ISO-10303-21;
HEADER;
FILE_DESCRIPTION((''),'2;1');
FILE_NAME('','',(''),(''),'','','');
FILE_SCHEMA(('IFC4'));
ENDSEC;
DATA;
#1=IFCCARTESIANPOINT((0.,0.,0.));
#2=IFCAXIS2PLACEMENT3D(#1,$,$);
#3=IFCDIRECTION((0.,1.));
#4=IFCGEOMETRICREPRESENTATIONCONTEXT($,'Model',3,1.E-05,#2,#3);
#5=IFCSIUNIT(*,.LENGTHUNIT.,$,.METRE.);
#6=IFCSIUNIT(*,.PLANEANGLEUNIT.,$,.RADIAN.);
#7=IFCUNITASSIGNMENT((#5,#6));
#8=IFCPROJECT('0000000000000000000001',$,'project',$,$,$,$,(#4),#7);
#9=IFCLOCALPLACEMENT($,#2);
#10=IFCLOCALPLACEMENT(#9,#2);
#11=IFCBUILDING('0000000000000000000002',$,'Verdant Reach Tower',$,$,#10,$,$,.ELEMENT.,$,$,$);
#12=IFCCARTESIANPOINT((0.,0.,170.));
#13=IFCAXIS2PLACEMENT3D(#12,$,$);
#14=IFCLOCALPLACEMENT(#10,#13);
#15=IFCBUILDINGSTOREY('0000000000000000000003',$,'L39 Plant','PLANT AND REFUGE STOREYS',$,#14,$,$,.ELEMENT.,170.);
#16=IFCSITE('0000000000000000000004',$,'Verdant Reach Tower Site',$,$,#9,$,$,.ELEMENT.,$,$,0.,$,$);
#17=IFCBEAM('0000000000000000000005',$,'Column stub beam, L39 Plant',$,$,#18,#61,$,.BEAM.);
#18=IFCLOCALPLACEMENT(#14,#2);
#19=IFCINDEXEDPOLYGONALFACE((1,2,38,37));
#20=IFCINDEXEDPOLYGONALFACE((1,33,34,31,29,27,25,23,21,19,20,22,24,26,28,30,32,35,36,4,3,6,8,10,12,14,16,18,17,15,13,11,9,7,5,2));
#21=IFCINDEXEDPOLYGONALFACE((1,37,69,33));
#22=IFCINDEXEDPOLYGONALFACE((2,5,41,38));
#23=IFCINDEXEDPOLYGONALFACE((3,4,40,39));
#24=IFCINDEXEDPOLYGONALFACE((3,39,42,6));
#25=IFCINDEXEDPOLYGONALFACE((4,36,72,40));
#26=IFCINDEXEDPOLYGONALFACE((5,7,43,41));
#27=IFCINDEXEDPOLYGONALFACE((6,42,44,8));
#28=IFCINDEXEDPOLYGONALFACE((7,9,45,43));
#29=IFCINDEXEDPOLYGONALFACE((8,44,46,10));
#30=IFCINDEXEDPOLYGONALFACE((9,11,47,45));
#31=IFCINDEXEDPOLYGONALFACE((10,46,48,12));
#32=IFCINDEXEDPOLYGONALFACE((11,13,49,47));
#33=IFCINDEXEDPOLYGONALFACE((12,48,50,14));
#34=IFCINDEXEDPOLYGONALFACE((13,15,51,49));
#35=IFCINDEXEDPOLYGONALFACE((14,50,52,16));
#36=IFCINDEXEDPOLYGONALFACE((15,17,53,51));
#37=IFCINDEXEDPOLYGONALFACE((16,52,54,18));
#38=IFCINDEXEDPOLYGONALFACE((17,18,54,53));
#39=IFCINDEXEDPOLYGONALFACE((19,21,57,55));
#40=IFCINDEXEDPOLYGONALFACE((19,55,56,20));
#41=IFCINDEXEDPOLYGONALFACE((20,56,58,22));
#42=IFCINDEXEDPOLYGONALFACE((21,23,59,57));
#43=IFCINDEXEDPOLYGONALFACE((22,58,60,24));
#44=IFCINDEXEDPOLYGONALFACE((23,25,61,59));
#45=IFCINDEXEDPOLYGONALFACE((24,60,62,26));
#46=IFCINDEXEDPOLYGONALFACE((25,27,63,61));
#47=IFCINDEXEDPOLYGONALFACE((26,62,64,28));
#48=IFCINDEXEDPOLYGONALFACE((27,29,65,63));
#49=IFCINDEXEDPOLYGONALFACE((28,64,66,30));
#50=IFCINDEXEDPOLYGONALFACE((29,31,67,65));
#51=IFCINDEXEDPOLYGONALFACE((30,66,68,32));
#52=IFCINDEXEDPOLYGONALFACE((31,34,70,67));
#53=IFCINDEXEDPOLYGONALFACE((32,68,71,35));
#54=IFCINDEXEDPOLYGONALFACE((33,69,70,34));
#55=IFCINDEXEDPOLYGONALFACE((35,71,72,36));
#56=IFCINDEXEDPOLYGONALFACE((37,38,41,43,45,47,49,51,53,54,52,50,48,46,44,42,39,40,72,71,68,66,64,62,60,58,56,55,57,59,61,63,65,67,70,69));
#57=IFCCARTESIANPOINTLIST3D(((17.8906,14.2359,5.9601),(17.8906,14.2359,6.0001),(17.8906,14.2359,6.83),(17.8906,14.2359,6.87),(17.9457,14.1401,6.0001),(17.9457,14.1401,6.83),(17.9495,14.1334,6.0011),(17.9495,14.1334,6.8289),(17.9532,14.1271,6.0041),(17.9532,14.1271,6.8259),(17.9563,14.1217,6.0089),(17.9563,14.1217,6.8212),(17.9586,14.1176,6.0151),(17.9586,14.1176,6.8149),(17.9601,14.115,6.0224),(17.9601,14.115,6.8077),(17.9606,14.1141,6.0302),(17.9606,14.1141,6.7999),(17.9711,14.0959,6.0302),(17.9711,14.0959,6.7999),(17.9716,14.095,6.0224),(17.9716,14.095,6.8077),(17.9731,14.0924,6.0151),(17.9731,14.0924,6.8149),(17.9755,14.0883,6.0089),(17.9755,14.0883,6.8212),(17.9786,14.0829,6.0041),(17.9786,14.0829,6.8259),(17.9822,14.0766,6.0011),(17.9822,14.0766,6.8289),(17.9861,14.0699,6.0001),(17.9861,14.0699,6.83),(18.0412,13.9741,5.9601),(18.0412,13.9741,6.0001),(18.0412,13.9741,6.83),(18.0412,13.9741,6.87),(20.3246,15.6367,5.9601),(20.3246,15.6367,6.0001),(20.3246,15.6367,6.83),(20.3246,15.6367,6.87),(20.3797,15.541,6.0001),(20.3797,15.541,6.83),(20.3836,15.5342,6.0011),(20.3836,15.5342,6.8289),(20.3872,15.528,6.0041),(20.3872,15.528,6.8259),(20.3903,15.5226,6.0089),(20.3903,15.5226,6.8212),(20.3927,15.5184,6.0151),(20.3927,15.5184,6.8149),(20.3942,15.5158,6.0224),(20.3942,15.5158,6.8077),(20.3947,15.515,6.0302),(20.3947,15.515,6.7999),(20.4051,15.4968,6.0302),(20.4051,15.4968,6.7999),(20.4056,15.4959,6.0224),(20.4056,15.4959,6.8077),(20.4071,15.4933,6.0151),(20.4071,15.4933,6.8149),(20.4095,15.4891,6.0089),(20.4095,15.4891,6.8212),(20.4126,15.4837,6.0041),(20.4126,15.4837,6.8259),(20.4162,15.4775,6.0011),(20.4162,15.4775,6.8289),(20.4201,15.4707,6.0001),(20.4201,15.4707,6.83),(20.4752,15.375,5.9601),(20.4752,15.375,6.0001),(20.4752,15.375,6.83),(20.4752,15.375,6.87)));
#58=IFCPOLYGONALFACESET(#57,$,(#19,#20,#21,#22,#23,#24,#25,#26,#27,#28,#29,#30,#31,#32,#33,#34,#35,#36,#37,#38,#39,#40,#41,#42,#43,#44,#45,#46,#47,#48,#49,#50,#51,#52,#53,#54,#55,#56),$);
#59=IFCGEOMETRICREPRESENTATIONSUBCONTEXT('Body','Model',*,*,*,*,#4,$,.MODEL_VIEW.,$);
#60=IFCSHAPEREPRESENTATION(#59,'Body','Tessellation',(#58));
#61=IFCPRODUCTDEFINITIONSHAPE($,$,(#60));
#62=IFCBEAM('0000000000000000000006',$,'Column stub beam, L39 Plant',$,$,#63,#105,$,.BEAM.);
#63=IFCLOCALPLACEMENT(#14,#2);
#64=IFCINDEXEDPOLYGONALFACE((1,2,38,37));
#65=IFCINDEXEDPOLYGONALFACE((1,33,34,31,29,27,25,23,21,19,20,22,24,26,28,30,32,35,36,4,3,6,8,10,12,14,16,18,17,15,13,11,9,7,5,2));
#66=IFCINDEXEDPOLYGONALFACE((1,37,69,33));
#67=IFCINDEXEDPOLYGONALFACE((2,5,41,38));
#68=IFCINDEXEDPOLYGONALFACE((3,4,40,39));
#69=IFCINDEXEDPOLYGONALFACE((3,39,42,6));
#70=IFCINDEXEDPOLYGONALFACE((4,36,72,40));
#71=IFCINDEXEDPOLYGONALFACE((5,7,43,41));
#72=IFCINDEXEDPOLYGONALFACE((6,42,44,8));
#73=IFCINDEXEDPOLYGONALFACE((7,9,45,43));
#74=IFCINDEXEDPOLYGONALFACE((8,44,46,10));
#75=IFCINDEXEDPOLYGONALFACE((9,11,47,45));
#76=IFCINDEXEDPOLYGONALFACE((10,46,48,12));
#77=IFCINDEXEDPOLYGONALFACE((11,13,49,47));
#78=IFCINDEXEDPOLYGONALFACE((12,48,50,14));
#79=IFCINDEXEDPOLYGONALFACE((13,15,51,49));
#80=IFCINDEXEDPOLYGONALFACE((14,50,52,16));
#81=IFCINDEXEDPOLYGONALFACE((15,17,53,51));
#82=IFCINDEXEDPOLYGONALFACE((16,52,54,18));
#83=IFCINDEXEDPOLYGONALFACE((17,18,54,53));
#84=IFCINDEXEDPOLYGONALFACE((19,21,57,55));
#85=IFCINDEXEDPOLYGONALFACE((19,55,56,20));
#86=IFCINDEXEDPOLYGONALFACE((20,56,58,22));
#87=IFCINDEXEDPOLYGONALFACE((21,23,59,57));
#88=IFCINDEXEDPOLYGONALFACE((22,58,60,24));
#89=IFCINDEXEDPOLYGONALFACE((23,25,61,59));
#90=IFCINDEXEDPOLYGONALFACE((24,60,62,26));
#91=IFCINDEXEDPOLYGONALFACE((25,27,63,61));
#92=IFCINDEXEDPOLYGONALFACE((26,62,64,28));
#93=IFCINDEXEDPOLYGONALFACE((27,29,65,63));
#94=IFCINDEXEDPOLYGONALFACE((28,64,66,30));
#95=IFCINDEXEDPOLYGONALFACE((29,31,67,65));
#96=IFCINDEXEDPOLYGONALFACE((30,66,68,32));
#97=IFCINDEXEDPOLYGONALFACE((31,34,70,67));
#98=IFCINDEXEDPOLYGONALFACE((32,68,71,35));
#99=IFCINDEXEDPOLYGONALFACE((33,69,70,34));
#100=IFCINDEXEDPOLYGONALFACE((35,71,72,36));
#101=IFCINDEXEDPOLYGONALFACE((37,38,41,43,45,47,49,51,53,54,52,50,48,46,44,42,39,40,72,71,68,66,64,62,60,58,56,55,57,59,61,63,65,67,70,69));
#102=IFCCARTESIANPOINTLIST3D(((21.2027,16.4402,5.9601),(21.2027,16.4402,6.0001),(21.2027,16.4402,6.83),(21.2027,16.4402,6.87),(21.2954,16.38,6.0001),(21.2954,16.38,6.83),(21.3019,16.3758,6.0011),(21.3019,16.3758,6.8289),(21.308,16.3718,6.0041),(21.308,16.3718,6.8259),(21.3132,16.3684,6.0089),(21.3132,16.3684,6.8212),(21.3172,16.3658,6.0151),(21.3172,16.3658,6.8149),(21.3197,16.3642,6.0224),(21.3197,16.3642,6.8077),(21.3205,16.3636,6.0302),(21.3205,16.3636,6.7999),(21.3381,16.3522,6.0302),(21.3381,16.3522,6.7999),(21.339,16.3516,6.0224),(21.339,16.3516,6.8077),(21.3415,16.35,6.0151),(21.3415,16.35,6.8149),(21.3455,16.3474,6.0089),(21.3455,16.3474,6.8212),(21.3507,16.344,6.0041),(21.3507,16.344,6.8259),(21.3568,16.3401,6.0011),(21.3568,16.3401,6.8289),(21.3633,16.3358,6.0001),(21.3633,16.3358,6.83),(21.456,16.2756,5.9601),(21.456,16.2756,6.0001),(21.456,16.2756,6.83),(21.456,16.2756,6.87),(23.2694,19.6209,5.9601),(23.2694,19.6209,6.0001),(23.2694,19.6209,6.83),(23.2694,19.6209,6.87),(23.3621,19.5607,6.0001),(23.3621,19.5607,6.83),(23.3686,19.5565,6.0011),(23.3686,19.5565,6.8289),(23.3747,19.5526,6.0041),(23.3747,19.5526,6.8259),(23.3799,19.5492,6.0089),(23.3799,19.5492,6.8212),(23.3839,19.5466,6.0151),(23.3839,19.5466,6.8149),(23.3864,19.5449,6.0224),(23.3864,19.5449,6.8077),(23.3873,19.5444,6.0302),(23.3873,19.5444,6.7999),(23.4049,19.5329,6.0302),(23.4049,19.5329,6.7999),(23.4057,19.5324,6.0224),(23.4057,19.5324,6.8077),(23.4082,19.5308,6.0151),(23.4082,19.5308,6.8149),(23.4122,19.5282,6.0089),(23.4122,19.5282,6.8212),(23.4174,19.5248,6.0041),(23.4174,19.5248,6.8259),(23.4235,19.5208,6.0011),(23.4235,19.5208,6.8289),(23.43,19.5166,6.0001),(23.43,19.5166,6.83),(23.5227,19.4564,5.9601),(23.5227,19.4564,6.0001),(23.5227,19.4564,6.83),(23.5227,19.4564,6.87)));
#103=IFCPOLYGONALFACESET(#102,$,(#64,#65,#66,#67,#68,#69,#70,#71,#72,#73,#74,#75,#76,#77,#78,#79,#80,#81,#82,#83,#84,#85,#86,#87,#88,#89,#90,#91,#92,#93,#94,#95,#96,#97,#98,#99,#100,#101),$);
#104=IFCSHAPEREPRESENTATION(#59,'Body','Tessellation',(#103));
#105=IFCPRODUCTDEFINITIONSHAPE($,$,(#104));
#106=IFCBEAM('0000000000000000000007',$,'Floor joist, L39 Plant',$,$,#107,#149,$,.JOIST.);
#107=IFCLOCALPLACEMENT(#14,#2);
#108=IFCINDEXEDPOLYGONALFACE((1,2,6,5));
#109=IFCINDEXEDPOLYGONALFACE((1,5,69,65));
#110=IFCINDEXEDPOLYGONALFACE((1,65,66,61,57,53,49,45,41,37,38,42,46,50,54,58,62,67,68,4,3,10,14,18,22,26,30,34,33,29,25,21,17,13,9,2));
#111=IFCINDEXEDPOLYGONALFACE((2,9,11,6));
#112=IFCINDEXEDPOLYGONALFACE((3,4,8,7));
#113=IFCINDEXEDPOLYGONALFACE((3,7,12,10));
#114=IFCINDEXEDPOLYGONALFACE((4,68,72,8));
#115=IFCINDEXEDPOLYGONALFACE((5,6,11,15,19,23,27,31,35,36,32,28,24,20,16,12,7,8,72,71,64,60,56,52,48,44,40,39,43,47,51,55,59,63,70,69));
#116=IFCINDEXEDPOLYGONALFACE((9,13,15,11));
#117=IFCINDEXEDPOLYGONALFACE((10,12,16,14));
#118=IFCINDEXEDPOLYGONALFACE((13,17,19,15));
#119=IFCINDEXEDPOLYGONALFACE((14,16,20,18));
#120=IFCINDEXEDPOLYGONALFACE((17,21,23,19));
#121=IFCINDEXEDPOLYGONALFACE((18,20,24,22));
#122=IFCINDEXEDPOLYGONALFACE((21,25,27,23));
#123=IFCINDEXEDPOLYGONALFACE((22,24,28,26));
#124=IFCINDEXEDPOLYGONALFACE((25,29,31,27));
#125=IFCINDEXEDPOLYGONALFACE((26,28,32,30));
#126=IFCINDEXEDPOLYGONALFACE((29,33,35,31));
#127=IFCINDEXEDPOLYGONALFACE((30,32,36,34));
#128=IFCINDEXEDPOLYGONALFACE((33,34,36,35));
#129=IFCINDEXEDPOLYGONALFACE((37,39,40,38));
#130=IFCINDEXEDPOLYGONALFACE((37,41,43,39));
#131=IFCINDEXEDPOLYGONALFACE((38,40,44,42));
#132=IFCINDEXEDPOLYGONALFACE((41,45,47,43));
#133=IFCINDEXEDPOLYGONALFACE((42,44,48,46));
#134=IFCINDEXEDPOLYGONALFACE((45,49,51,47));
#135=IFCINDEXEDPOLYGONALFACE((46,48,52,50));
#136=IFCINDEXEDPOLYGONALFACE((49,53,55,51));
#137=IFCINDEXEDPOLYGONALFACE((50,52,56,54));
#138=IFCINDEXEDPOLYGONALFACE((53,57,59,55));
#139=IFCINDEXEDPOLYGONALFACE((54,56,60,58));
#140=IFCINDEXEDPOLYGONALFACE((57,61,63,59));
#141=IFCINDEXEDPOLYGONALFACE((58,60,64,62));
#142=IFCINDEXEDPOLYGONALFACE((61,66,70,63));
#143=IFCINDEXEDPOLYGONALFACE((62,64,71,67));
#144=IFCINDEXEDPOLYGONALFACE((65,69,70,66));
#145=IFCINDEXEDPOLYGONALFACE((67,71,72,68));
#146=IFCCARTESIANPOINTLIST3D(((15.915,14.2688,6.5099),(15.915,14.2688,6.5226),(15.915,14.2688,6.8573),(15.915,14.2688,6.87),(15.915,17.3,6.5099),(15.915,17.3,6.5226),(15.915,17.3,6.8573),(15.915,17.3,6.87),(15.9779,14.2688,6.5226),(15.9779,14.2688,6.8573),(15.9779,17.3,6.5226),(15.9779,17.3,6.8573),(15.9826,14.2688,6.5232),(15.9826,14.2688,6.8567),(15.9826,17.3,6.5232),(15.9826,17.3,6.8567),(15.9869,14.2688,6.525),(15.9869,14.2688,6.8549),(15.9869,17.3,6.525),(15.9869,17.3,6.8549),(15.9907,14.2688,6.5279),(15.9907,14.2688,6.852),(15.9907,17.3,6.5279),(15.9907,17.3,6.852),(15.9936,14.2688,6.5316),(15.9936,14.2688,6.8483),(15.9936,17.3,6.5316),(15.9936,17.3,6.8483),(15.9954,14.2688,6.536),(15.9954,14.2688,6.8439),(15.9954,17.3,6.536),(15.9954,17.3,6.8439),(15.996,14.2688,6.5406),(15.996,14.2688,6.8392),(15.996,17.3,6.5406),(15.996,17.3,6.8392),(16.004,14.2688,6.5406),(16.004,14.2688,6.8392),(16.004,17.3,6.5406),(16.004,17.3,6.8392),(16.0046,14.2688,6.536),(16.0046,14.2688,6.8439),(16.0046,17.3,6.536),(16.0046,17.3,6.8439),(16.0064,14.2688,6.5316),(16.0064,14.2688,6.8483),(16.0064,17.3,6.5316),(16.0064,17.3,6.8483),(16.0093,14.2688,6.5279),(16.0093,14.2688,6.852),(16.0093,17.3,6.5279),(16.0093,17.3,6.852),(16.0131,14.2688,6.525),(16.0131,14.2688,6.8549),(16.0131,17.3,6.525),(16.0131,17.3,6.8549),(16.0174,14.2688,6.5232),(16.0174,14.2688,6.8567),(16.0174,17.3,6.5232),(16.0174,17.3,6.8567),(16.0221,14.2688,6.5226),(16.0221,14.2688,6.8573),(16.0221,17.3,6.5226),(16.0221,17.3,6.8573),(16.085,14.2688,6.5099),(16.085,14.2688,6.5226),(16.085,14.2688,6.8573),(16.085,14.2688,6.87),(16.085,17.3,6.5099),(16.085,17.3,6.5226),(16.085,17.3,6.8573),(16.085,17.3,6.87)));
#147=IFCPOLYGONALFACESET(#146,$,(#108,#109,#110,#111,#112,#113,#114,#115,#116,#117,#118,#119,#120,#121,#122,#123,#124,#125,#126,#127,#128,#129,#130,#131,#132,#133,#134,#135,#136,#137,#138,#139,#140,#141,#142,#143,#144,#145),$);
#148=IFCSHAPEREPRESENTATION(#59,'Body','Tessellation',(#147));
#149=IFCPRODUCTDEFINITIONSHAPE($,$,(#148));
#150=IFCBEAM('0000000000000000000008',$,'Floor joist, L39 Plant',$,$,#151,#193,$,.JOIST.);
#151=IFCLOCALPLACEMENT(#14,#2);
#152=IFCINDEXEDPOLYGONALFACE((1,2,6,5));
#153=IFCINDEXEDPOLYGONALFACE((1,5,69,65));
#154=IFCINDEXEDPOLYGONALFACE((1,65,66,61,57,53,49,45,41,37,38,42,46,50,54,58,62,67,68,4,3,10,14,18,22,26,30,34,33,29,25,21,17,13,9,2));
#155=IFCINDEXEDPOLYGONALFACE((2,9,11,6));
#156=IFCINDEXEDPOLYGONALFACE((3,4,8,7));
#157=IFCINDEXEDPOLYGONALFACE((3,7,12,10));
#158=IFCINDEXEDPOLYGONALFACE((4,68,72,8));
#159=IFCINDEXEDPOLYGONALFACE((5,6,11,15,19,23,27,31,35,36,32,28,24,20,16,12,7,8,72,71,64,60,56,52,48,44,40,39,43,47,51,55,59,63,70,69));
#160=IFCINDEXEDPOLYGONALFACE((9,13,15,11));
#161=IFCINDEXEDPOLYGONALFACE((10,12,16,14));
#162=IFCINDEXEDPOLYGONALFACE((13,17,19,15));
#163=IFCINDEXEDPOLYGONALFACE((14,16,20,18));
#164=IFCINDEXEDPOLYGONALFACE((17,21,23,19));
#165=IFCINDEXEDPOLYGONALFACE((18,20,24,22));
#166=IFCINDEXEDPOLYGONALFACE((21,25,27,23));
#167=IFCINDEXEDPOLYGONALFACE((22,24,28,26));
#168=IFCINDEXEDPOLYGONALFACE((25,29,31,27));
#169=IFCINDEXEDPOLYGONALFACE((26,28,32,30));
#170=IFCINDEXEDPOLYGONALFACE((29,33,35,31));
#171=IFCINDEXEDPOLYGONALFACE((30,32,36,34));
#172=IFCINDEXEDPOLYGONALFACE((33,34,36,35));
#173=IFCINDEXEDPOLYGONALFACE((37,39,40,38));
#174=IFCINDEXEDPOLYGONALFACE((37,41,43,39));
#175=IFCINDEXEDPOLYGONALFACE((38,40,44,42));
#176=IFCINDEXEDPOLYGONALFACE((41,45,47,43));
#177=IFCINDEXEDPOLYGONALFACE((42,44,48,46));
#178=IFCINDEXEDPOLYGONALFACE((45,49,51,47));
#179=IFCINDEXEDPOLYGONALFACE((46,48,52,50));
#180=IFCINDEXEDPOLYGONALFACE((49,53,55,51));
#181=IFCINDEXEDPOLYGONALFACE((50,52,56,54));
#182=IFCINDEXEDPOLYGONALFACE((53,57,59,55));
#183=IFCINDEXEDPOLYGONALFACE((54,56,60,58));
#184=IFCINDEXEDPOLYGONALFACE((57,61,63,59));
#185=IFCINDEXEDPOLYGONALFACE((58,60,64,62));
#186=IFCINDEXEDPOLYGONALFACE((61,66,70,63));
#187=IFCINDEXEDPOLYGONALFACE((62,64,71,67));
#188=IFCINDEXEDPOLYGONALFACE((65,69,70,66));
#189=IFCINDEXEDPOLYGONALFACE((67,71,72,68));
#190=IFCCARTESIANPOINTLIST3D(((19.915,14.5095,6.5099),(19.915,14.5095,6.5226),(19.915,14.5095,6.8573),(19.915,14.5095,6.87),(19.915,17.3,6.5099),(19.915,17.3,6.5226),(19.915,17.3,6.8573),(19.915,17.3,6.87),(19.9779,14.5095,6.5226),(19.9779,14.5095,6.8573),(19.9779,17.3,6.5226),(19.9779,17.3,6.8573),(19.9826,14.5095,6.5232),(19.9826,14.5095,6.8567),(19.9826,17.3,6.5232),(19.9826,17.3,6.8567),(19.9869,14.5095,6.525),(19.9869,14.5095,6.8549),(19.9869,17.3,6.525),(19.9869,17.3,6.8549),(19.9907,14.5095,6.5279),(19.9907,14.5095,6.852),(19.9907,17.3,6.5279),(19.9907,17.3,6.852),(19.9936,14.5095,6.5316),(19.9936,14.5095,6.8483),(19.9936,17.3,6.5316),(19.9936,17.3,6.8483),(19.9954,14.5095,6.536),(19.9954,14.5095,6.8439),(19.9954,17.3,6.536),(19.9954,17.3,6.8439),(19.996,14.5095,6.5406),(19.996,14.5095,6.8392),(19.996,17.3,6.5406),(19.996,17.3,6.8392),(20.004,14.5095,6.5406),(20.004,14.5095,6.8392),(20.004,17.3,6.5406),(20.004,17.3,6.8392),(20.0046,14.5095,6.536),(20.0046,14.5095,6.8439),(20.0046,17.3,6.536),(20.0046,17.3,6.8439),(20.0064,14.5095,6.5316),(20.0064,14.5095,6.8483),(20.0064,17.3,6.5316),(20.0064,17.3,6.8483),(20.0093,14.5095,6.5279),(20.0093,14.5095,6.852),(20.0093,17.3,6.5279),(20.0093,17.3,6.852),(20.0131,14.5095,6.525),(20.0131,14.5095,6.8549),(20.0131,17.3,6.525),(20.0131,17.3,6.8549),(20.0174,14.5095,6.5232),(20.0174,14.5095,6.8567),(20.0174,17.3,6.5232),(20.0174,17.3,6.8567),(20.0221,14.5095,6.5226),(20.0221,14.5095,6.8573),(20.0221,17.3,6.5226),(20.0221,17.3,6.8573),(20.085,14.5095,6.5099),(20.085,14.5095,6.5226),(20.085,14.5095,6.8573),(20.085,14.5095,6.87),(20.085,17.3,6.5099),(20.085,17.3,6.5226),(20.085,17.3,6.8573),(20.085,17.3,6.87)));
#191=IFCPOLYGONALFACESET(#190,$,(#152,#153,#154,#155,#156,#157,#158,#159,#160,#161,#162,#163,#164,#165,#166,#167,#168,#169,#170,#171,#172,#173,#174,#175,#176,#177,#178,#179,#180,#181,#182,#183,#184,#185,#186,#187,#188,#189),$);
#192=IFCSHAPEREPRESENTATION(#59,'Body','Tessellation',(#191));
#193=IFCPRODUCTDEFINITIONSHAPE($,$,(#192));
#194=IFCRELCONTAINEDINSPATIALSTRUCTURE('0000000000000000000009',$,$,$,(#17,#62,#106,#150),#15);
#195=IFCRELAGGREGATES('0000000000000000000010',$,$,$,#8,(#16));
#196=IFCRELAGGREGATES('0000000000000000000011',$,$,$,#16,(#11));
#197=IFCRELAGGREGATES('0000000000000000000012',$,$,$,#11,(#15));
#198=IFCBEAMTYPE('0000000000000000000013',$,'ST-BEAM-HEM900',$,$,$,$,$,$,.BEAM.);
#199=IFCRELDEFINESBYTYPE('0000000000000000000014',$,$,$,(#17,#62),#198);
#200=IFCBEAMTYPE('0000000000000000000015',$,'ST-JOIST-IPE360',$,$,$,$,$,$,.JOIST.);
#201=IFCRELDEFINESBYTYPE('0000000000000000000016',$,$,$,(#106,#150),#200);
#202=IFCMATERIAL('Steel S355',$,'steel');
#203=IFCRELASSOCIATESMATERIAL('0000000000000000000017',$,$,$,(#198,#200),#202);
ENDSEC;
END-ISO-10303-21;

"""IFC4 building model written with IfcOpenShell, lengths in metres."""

from ifc_helpers import new_model, si_unit, direction, frame, origin, origin_2d, place, context, subcontext, project, spatial, i_section, extrude, material, material_profile, profile_set, type_object, element, save


model = new_model("IFC4")

# Units and contexts
model_context = context("Model", 3, precision=1e-05, world=origin(), true_north=direction((0.0, 1.0)))
body_context = subcontext(model_context, "Body", "Model", "MODEL_VIEW")
ifc_project = project(units=[si_unit("LENGTHUNIT", "METRE"), si_unit("PLANEANGLEUNIT", "RADIAN")], contexts=[model_context])

# Site, building, storey
site_placement = place(None, origin())
site = spatial("IfcSite", under=ifc_project, at=site_placement, Name="Verdant Reach Tower Site", CompositionType="ELEMENT", RefElevation=0.0)
building_placement = place(site_placement, origin())
building = spatial("IfcBuilding", under=site, at=building_placement, Name="Verdant Reach Tower", CompositionType="ELEMENT")
storey_placement = place(building_placement, frame((0.0, 0.0, 170.0)))
storey = spatial("IfcBuildingStorey", under=building, at=storey_placement, Name="L39 Plant", Description="PLANT AND REFUGE STOREYS", CompositionType="ELEMENT", Elevation=170.0)

# Beams
ifc_material_1 = material(Name="Steel S355", Category="steel")
ifc_material_profile_1 = material_profile(ifc_material_1, i_section(OverallWidth=0.302, OverallDepth=0.9099, WebThickness=0.021, FlangeThickness=0.04, FilletRadius=0.03, at=origin_2d()), Name="HEM 900")
ifc_profile_set_1 = profile_set([ifc_material_profile_1], Name="Steel S355")
beam_type_1 = type_object("IfcBeamType", Name="ST-BEAM-HEM900", PredefinedType="BEAM", material=ifc_profile_set_1)
beam_1_placement = place(storey_placement, frame((20.3999, 15.5059, 6.415), z_axis=(-0.866709, -0.498814, 0.0), x_axis=(0.498814, -0.866709, 0.0)))
element("IfcBeam", 1, at=beam_1_placement, inside=storey, type_object=beam_type_1, Name="Column stub beam, L39 Plant", PredefinedType="BEAM", context=body_context, shape_type="SweptSolid", body=[
    extrude(i_section(OverallWidth=0.302, OverallDepth=0.9099, WebThickness=0.021, FlangeThickness=0.04, FilletRadius=0.03, at=origin_2d()), origin(), (0.0, 0.0, 1.0), 2.8083),
])
beam_2_placement = place(storey_placement, frame((21.3293, 16.3579, 6.415), z_axis=(0.544844, 0.838538, 0.0), x_axis=(-0.838538, 0.544844, 0.0)))
element("IfcBeam", 2, at=beam_2_placement, inside=storey, type_object=beam_type_1, Name="Column stub beam, L39 Plant", PredefinedType="BEAM", context=body_context, shape_type="SweptSolid", body=[
    extrude(i_section(OverallWidth=0.302, OverallDepth=0.9099, WebThickness=0.021, FlangeThickness=0.04, FilletRadius=0.03, at=origin_2d()), origin(), (0.0, 0.0, 1.0), 3.7932),
])
ifc_material_profile_2 = material_profile(ifc_material_1, i_section(OverallWidth=0.1699, OverallDepth=0.3601, WebThickness=0.0081, FlangeThickness=0.0127, FilletRadius=0.0181, at=origin_2d()), Name="IPE 360")
ifc_profile_set_2 = profile_set([ifc_material_profile_2], Name="Steel S355")
beam_type_2 = type_object("IfcBeamType", Name="ST-JOIST-IPE360", PredefinedType="JOIST", material=ifc_profile_set_2)
beam_3_placement = place(storey_placement, frame((16.0, 17.3, 6.6899), z_axis=(0.0, -1.0, 0.0), x_axis=(1.0, 0.0, 0.0)))
element("IfcBeam", 3, at=beam_3_placement, inside=storey, type_object=beam_type_2, Name="Floor joist, L39 Plant", PredefinedType="JOIST", context=body_context, shape_type="SweptSolid", body=[
    extrude(i_section(OverallWidth=0.1699, OverallDepth=0.3601, WebThickness=0.0081, FlangeThickness=0.0127, FilletRadius=0.0181, at=origin_2d()), origin(), (0.0, 0.0, 1.0), 3.0312),
])
beam_4_placement = place(storey_placement, frame((20.0, 17.3, 6.6899), z_axis=(0.0, -1.0, 0.0), x_axis=(1.0, 0.0, 0.0)))
element("IfcBeam", 4, at=beam_4_placement, inside=storey, type_object=beam_type_2, Name="Floor joist, L39 Plant", PredefinedType="JOIST", context=body_context, shape_type="SweptSolid", body=[
    extrude(i_section(OverallWidth=0.1699, OverallDepth=0.3601, WebThickness=0.0081, FlangeThickness=0.0127, FilletRadius=0.0181, at=origin_2d()), origin(), (0.0, 0.0, 1.0), 2.7905),
])

save(model, "model.ifc")
